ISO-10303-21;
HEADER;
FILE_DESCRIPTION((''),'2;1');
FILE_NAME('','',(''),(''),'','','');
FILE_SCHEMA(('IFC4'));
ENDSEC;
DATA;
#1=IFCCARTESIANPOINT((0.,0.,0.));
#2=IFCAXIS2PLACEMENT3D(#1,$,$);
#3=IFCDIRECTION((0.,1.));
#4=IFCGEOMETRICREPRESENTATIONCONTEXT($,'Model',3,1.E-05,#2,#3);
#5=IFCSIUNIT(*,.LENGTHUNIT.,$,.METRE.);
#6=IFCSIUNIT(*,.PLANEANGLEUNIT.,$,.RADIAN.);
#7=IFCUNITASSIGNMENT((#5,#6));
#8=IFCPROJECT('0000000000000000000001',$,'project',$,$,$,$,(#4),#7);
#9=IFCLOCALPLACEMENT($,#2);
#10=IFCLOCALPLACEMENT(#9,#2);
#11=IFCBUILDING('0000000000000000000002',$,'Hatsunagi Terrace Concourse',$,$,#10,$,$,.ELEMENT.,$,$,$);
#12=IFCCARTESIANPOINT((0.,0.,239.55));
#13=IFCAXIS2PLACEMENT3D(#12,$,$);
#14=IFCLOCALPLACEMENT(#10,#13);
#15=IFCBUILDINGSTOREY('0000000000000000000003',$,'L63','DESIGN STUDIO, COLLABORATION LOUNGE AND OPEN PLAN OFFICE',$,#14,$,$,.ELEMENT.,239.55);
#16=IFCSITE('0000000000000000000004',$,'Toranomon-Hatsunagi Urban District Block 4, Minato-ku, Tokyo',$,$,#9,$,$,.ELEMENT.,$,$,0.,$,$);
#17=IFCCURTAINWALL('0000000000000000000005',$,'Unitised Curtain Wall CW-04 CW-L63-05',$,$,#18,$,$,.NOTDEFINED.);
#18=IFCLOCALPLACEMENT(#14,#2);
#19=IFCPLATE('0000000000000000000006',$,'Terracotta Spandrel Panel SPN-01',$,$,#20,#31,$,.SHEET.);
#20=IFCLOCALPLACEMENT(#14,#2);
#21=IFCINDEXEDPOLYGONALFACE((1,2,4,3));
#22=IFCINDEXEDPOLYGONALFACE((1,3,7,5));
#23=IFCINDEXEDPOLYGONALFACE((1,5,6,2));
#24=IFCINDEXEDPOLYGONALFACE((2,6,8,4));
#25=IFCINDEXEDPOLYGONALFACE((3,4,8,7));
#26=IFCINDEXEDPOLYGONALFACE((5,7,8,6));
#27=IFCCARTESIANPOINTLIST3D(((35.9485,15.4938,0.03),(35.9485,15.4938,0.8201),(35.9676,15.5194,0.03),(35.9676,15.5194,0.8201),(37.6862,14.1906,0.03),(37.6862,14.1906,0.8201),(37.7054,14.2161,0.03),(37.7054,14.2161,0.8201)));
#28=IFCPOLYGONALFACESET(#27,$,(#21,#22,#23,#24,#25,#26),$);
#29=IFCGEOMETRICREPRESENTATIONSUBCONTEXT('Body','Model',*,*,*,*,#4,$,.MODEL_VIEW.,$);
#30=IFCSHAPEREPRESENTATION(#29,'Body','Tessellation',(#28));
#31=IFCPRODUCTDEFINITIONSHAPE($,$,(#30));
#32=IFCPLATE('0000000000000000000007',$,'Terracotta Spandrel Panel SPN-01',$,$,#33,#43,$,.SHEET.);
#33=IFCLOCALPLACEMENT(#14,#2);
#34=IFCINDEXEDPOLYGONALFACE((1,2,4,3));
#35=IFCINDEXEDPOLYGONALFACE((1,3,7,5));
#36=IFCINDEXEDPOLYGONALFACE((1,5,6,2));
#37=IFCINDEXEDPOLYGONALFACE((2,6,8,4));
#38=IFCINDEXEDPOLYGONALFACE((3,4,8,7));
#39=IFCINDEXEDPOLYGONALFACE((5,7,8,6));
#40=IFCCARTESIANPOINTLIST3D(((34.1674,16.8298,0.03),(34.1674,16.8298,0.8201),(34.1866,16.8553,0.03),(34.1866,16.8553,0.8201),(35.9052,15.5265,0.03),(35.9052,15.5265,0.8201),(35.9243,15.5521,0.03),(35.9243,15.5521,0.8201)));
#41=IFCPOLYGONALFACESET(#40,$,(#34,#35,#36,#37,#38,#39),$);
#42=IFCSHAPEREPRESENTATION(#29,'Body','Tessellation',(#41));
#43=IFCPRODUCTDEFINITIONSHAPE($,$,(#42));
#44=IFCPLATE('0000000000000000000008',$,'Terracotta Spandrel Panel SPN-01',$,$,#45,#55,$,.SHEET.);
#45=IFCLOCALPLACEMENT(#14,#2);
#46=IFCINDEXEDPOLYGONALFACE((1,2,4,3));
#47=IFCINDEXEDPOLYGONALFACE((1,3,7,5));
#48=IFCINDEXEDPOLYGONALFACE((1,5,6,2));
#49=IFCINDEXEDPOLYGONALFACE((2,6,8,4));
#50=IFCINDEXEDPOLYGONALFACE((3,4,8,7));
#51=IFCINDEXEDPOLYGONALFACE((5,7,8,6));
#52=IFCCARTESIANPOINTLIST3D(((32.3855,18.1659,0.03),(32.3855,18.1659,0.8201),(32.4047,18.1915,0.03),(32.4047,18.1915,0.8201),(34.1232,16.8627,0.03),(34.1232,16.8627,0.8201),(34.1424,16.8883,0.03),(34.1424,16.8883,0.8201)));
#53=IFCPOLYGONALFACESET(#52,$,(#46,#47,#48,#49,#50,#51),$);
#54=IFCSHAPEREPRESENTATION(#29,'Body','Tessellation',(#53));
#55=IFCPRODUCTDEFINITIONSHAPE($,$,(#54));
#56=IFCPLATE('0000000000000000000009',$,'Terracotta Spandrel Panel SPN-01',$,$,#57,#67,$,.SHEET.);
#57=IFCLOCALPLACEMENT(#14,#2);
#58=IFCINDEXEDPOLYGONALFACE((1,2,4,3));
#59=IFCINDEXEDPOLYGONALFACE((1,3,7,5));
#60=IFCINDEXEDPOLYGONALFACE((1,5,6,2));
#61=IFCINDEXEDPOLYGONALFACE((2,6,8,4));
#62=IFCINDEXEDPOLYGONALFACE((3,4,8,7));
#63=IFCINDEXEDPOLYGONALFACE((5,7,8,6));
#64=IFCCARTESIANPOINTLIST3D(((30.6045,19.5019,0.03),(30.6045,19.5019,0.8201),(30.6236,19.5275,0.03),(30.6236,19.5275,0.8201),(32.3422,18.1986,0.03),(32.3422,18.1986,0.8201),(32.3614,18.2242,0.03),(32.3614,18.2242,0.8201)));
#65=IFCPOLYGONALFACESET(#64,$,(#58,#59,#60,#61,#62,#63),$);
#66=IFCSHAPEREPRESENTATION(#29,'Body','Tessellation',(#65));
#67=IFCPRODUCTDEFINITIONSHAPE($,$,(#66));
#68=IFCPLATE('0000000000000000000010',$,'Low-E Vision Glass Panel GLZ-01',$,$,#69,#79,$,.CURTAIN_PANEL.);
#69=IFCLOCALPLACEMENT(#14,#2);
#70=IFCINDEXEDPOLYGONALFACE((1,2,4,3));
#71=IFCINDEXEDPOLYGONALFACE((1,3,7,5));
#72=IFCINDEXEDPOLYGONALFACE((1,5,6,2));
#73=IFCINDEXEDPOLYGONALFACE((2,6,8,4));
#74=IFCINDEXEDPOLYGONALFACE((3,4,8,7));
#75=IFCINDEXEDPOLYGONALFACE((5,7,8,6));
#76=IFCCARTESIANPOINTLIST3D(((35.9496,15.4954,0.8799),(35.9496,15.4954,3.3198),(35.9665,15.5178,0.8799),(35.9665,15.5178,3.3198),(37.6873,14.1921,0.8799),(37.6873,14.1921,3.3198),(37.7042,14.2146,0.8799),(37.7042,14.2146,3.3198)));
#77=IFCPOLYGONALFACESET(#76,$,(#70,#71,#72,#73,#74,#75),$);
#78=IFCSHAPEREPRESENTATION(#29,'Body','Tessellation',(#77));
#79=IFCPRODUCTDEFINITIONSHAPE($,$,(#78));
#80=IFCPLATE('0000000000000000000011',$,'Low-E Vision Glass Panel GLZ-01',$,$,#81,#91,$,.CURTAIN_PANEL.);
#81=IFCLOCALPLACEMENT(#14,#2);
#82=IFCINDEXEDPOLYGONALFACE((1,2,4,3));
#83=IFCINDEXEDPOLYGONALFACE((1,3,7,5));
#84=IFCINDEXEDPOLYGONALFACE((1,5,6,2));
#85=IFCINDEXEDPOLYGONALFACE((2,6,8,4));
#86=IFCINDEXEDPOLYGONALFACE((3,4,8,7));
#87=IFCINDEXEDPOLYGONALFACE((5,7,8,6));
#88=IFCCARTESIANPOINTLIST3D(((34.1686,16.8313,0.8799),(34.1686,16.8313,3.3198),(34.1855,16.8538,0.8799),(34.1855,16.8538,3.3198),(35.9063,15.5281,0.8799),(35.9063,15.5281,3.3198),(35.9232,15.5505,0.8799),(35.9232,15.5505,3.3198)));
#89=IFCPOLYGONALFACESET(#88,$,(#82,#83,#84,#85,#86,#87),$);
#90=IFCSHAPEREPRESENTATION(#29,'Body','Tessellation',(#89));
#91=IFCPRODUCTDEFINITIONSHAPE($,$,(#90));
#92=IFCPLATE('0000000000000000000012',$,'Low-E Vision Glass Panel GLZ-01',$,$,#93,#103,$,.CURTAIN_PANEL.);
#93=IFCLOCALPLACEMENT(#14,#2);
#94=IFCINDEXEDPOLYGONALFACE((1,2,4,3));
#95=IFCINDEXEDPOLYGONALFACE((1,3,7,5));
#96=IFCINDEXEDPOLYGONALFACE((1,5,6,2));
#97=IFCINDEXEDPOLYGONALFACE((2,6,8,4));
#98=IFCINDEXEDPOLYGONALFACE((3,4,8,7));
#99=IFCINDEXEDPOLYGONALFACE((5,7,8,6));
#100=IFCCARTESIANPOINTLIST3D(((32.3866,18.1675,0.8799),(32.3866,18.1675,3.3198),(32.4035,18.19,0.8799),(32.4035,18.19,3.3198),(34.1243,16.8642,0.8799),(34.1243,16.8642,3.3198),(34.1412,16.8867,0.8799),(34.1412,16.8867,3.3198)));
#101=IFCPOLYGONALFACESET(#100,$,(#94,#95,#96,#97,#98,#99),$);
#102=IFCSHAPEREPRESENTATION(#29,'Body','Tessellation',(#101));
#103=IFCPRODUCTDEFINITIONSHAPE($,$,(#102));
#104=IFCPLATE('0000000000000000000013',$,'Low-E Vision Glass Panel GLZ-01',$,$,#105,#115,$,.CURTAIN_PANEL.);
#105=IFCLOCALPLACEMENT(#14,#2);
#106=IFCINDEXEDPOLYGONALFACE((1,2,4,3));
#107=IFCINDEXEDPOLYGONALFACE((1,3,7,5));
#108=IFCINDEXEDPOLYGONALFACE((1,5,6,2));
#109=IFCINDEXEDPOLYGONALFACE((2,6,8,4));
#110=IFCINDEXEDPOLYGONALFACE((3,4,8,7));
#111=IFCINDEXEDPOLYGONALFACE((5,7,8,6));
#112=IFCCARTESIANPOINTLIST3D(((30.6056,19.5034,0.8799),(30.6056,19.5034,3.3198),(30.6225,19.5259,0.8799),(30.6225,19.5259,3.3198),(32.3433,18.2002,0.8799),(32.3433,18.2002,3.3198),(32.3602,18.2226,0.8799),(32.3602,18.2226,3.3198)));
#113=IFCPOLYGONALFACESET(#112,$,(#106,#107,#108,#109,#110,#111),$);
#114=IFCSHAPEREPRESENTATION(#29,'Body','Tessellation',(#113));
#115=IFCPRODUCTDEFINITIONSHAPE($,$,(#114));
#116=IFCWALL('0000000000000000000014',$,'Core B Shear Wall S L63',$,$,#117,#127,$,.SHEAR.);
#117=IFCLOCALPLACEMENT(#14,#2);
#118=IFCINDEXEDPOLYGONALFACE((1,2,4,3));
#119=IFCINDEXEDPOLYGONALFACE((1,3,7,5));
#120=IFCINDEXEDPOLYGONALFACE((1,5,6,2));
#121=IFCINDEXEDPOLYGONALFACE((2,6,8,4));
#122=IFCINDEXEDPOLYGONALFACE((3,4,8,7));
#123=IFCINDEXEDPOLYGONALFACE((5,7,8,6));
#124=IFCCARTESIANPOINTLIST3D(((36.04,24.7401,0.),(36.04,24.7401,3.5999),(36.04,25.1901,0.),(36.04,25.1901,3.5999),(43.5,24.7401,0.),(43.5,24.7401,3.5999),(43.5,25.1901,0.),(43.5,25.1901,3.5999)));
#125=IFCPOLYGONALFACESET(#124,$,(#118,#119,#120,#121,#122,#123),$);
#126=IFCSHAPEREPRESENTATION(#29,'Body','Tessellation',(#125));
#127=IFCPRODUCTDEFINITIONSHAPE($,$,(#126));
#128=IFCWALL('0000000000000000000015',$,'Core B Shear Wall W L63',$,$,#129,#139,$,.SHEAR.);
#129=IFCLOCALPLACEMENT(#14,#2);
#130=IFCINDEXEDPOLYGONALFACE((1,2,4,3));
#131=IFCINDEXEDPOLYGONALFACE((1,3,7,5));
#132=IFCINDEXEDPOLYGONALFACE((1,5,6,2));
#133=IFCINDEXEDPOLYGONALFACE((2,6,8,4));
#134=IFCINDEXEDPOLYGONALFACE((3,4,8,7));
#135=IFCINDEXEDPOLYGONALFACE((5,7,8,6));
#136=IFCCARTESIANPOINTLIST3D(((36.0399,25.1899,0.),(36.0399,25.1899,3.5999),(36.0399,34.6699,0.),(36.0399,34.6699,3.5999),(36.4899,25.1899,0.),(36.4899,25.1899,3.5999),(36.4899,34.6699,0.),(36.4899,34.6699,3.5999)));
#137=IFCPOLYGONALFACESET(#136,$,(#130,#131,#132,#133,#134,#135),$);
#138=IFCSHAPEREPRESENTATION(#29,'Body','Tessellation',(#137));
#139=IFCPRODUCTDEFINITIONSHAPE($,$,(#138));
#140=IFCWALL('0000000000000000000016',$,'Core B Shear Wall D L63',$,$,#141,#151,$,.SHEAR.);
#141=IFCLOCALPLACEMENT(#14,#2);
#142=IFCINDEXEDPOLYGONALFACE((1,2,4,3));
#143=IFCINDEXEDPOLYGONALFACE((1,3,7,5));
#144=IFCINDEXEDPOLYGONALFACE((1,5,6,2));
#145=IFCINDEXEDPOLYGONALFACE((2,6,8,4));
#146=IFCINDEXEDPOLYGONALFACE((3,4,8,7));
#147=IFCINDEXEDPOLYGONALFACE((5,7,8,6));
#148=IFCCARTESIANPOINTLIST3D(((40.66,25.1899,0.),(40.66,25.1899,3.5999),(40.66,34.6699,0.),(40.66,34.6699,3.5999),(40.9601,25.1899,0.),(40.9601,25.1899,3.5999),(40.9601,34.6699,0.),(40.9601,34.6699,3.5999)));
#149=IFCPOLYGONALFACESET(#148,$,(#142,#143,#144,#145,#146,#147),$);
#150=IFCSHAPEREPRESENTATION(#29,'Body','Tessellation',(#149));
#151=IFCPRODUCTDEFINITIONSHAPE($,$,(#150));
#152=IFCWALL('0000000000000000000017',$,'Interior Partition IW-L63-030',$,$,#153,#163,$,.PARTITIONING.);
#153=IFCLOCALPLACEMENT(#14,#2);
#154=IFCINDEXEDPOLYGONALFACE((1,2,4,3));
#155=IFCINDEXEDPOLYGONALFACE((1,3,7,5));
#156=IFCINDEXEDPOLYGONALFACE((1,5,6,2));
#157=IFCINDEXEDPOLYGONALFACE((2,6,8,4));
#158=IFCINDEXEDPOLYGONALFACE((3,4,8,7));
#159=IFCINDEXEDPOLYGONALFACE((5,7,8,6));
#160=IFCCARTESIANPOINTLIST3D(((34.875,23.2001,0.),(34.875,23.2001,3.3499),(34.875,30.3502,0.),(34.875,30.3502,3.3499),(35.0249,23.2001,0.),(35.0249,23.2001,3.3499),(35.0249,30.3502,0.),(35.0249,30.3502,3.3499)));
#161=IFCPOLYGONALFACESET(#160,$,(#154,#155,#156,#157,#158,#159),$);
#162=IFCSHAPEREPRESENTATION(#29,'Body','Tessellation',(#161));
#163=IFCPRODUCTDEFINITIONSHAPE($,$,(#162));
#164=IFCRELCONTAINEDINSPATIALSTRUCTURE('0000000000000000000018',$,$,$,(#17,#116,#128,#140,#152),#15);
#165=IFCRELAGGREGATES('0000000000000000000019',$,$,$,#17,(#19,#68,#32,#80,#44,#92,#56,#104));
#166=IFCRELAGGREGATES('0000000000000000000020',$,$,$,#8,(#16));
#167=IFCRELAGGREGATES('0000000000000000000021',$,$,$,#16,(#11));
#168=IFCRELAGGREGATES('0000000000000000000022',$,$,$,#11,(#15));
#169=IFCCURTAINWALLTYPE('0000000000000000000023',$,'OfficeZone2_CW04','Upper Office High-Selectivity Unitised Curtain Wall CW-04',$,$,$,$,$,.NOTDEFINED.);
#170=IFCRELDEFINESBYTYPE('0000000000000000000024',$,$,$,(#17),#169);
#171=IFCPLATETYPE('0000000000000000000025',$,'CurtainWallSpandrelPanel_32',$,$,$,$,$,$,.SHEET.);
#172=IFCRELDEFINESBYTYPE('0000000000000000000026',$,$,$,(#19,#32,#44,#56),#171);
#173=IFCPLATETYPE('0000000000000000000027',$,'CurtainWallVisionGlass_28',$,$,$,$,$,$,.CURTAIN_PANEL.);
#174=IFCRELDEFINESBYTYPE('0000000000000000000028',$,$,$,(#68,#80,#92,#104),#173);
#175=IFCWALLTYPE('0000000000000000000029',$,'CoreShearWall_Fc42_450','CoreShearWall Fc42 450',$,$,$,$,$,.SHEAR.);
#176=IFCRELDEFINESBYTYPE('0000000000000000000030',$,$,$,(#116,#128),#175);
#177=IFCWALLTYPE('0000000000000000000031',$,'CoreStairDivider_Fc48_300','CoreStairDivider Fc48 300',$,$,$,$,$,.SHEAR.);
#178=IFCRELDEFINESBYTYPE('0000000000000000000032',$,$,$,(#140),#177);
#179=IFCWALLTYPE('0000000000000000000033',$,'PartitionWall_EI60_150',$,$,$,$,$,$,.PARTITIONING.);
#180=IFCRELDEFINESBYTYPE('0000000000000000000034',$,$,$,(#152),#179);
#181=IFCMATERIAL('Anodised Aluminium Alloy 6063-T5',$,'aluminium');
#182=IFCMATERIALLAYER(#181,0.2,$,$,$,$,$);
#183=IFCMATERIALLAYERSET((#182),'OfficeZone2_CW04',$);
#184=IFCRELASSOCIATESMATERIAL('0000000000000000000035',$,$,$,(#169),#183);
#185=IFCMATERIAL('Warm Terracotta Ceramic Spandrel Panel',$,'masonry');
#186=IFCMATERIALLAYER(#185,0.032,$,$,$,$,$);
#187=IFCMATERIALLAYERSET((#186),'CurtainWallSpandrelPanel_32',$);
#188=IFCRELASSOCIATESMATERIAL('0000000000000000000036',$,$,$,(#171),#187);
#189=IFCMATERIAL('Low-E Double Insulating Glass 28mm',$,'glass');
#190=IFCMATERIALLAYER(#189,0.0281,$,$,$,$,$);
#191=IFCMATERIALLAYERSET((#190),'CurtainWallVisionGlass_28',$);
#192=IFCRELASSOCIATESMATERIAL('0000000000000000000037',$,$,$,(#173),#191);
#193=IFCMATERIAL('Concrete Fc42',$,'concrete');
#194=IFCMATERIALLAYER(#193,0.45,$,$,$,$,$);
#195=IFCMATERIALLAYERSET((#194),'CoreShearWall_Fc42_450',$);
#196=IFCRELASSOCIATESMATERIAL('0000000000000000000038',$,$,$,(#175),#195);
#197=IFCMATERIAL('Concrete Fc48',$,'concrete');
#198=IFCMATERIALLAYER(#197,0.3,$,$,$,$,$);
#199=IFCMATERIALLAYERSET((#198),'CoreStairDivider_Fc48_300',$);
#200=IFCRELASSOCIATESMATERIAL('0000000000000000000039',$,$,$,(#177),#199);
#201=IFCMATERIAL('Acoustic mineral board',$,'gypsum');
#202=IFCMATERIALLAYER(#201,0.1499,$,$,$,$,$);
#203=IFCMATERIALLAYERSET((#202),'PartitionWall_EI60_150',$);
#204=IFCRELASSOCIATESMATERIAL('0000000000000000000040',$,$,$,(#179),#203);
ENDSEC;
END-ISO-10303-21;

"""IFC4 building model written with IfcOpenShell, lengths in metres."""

from ifc_helpers import new_model, si_unit, direction, frame, frame_2d, origin, origin_2d, place, context, subcontext, project, spatial, rectangle, extrude, material, layer, layer_set, type_object, element, aggregate, save


model = new_model("IFC4")

# Units and contexts
model_context = context("Model", 3, precision=1e-05, world=origin(), true_north=direction((0.0, 1.0)))
body_context = subcontext(model_context, "Body", "Model", "MODEL_VIEW")
ifc_project = project(units=[si_unit("LENGTHUNIT", "METRE"), si_unit("PLANEANGLEUNIT", "RADIAN")], contexts=[model_context])

# Site, building, storey
site_placement = place(None, origin())
site = spatial("IfcSite", under=ifc_project, at=site_placement, Name="Toranomon-Hatsunagi Urban District Block 4, Minato-ku, Tokyo", CompositionType="ELEMENT", RefElevation=0.0)
building_placement = place(site_placement, origin())
building = spatial("IfcBuilding", under=site, at=building_placement, Name="Hatsunagi Terrace Concourse", CompositionType="ELEMENT")
storey_placement = place(building_placement, frame((0.0, 0.0, 239.55)))
storey = spatial("IfcBuildingStorey", under=building, at=storey_placement, Name="L63", Description="DESIGN STUDIO, COLLABORATION LOUNGE AND OPEN PLAN OFFICE", CompositionType="ELEMENT", Elevation=239.55)

# Curtain wall
ifc_material_1 = material(Name="Anodised Aluminium Alloy 6063-T5", Category="aluminium")
ifc_layer_1 = layer(ifc_material_1, 0.2)
ifc_layer_set_1 = layer_set([ifc_layer_1], Name="OfficeZone2_CW04")
curtain_wall_type = type_object("IfcCurtainWallType", Name="OfficeZone2_CW04", Description="Upper Office High-Selectivity Unitised Curtain Wall CW-04", PredefinedType="NOTDEFINED", material=ifc_layer_set_1)
curtain_wall_placement = place(storey_placement, origin())
curtain_wall = element("IfcCurtainWall", 1, at=curtain_wall_placement, inside=storey, type_object=curtain_wall_type, Name="Unitised Curtain Wall CW-04 CW-L63-05", PredefinedType="NOTDEFINED")

# Plates
ifc_material_2 = material(Name="Warm Terracotta Ceramic Spandrel Panel", Category="masonry")
ifc_layer_2 = layer(ifc_material_2, 0.032)
ifc_layer_set_2 = layer_set([ifc_layer_2], Name="CurtainWallSpandrelPanel_32")
plate_type_1 = type_object("IfcPlateType", Name="CurtainWallSpandrelPanel_32", PredefinedType="SHEET", material=ifc_layer_set_2)
plate_1_placement = place(storey_placement, frame((36.8269, 14.855, 0.03), z_axis=(0.0, 0.0, 1.0), x_axis=(-0.800007, 0.59999, 0.0)))
plate_1 = element("IfcPlate", 2, at=plate_1_placement, type_object=plate_type_1, Name="Terracotta Spandrel Panel SPN-01", PredefinedType="SHEET", context=body_context, shape_type="SweptSolid", body=[
    extrude(rectangle(XDim=2.1721, YDim=0.032, at=origin_2d()), origin(), (0.0, 0.0, 1.0), 0.79),
])
plate_2_placement = place(storey_placement, frame((35.0459, 16.1909, 0.03), z_axis=(0.0, 0.0, 1.0), x_axis=(-0.800007, 0.59999, 0.0)))
plate_2 = element("IfcPlate", 3, at=plate_2_placement, type_object=plate_type_1, Name="Terracotta Spandrel Panel SPN-01", PredefinedType="SHEET", context=body_context, shape_type="SweptSolid", body=[
    extrude(rectangle(XDim=2.1721, YDim=0.032, at=origin_2d()), origin(), (0.0, 0.0, 1.0), 0.79),
])
plate_3_placement = place(storey_placement, frame((33.2639, 17.5271, 0.03), z_axis=(0.0, 0.0, 1.0), x_axis=(-0.800007, 0.59999, 0.0)))
plate_3 = element("IfcPlate", 4, at=plate_3_placement, type_object=plate_type_1, Name="Terracotta Spandrel Panel SPN-01", PredefinedType="SHEET", context=body_context, shape_type="SweptSolid", body=[
    extrude(rectangle(XDim=2.1721, YDim=0.032, at=origin_2d()), origin(), (0.0, 0.0, 1.0), 0.79),
])
plate_4_placement = place(storey_placement, frame((31.4829, 18.863, 0.03), z_axis=(0.0, 0.0, 1.0), x_axis=(-0.800007, 0.59999, 0.0)))
plate_4 = element("IfcPlate", 5, at=plate_4_placement, type_object=plate_type_1, Name="Terracotta Spandrel Panel SPN-01", PredefinedType="SHEET", context=body_context, shape_type="SweptSolid", body=[
    extrude(rectangle(XDim=2.1721, YDim=0.032, at=origin_2d()), origin(), (0.0, 0.0, 1.0), 0.79),
])
ifc_material_3 = material(Name="Low-E Double Insulating Glass 28mm", Category="glass")
ifc_layer_3 = layer(ifc_material_3, 0.0281)
ifc_layer_set_3 = layer_set([ifc_layer_3], Name="CurtainWallVisionGlass_28")
plate_type_2 = type_object("IfcPlateType", Name="CurtainWallVisionGlass_28", PredefinedType="CURTAIN_PANEL", material=ifc_layer_set_3)
plate_5_placement = place(storey_placement, frame((36.8269, 14.855, 0.8799), z_axis=(0.0, 0.0, 1.0), x_axis=(-0.800007, 0.59999, 0.0)))
plate_5 = element("IfcPlate", 6, at=plate_5_placement, type_object=plate_type_2, Name="Low-E Vision Glass Panel GLZ-01", PredefinedType="CURTAIN_PANEL", context=body_context, shape_type="SweptSolid", body=[
    extrude(rectangle(XDim=2.1721, YDim=0.0281, at=origin_2d()), origin(), (0.0, 0.0, 1.0), 2.4399),
])
plate_6_placement = place(storey_placement, frame((35.0459, 16.1909, 0.8799), z_axis=(0.0, 0.0, 1.0), x_axis=(-0.800007, 0.59999, 0.0)))
plate_6 = element("IfcPlate", 7, at=plate_6_placement, type_object=plate_type_2, Name="Low-E Vision Glass Panel GLZ-01", PredefinedType="CURTAIN_PANEL", context=body_context, shape_type="SweptSolid", body=[
    extrude(rectangle(XDim=2.1721, YDim=0.0281, at=origin_2d()), origin(), (0.0, 0.0, 1.0), 2.4399),
])
plate_7_placement = place(storey_placement, frame((33.2639, 17.5271, 0.8799), z_axis=(0.0, 0.0, 1.0), x_axis=(-0.800007, 0.59999, 0.0)))
plate_7 = element("IfcPlate", 8, at=plate_7_placement, type_object=plate_type_2, Name="Low-E Vision Glass Panel GLZ-01", PredefinedType="CURTAIN_PANEL", context=body_context, shape_type="SweptSolid", body=[
    extrude(rectangle(XDim=2.1721, YDim=0.0281, at=origin_2d()), origin(), (0.0, 0.0, 1.0), 2.4399),
])
plate_8_placement = place(storey_placement, frame((31.4829, 18.863, 0.8799), z_axis=(0.0, 0.0, 1.0), x_axis=(-0.800007, 0.59999, 0.0)))
plate_8 = element("IfcPlate", 9, at=plate_8_placement, type_object=plate_type_2, Name="Low-E Vision Glass Panel GLZ-01", PredefinedType="CURTAIN_PANEL", context=body_context, shape_type="SweptSolid", body=[
    extrude(rectangle(XDim=2.1721, YDim=0.0281, at=origin_2d()), origin(), (0.0, 0.0, 1.0), 2.4399),
])
aggregate(curtain_wall, [plate_1, plate_5, plate_2, plate_6, plate_3, plate_7, plate_4, plate_8])

# Walls
ifc_material_4 = material(Name="Concrete Fc42", Category="concrete")
ifc_layer_4 = layer(ifc_material_4, 0.45)
ifc_layer_set_4 = layer_set([ifc_layer_4], Name="CoreShearWall_Fc42_450")
wall_type_1 = type_object("IfcWallType", Name="CoreShearWall_Fc42_450", Description="CoreShearWall Fc42 450", PredefinedType="SHEAR", material=ifc_layer_set_4)
wall_1_placement = place(storey_placement, frame((36.04, 24.9651, 0.0), z_axis=(0.0, 0.0, 1.0), x_axis=(1.0, 0.0, 0.0)))
element("IfcWall", 10, at=wall_1_placement, inside=storey, type_object=wall_type_1, Name="Core B Shear Wall S L63", PredefinedType="SHEAR", context=body_context, shape_type="SweptSolid", body=[
    extrude(rectangle(XDim=7.46, YDim=0.45, at=frame_2d((3.73, 0.0))), origin(), (0.0, 0.0, 1.0), 3.5999),
])
wall_2_placement = place(storey_placement, frame((36.2649, 25.1899, 0.0), z_axis=(0.0, 0.0, 1.0), x_axis=(0.0, 1.0, 0.0)))
element("IfcWall", 11, at=wall_2_placement, inside=storey, type_object=wall_type_1, Name="Core B Shear Wall W L63", PredefinedType="SHEAR", context=body_context, shape_type="SweptSolid", body=[
    extrude(rectangle(XDim=9.48, YDim=0.45, at=frame_2d((4.74, 0.0))), origin(), (0.0, 0.0, 1.0), 3.5999),
])
ifc_material_5 = material(Name="Concrete Fc48", Category="concrete")
ifc_layer_5 = layer(ifc_material_5, 0.3)
ifc_layer_set_5 = layer_set([ifc_layer_5], Name="CoreStairDivider_Fc48_300")
wall_type_2 = type_object("IfcWallType", Name="CoreStairDivider_Fc48_300", Description="CoreStairDivider Fc48 300", PredefinedType="SHEAR", material=ifc_layer_set_5)
wall_3_placement = place(storey_placement, frame((40.8101, 25.1899, 0.0), z_axis=(0.0, 0.0, 1.0), x_axis=(0.0, 1.0, 0.0)))
element("IfcWall", 12, at=wall_3_placement, inside=storey, type_object=wall_type_2, Name="Core B Shear Wall D L63", PredefinedType="SHEAR", context=body_context, shape_type="SweptSolid", body=[
    extrude(rectangle(XDim=9.48, YDim=0.3, at=frame_2d((4.74, 0.0))), origin(), (0.0, 0.0, 1.0), 3.5999),
])
ifc_material_6 = material(Name="Acoustic mineral board", Category="gypsum")
ifc_layer_6 = layer(ifc_material_6, 0.1499)
ifc_layer_set_6 = layer_set([ifc_layer_6], Name="PartitionWall_EI60_150")
wall_type_3 = type_object("IfcWallType", Name="PartitionWall_EI60_150", PredefinedType="PARTITIONING", material=ifc_layer_set_6)
wall_4_placement = place(storey_placement, frame((34.95, 23.2, 0.0), z_axis=(0.0, 0.0, 1.0), x_axis=(0.0, 1.0, 0.0)))
element("IfcWall", 13, at=wall_4_placement, inside=storey, type_object=wall_type_3, Name="Interior Partition IW-L63-030", PredefinedType="PARTITIONING", context=body_context, shape_type="SweptSolid", body=[
    extrude(rectangle(XDim=7.1501, YDim=0.1499, at=frame_2d((3.5752, 0.0))), origin(), (0.0, 0.0, 1.0), 3.3499),
])

save(model, "model.ifc")
